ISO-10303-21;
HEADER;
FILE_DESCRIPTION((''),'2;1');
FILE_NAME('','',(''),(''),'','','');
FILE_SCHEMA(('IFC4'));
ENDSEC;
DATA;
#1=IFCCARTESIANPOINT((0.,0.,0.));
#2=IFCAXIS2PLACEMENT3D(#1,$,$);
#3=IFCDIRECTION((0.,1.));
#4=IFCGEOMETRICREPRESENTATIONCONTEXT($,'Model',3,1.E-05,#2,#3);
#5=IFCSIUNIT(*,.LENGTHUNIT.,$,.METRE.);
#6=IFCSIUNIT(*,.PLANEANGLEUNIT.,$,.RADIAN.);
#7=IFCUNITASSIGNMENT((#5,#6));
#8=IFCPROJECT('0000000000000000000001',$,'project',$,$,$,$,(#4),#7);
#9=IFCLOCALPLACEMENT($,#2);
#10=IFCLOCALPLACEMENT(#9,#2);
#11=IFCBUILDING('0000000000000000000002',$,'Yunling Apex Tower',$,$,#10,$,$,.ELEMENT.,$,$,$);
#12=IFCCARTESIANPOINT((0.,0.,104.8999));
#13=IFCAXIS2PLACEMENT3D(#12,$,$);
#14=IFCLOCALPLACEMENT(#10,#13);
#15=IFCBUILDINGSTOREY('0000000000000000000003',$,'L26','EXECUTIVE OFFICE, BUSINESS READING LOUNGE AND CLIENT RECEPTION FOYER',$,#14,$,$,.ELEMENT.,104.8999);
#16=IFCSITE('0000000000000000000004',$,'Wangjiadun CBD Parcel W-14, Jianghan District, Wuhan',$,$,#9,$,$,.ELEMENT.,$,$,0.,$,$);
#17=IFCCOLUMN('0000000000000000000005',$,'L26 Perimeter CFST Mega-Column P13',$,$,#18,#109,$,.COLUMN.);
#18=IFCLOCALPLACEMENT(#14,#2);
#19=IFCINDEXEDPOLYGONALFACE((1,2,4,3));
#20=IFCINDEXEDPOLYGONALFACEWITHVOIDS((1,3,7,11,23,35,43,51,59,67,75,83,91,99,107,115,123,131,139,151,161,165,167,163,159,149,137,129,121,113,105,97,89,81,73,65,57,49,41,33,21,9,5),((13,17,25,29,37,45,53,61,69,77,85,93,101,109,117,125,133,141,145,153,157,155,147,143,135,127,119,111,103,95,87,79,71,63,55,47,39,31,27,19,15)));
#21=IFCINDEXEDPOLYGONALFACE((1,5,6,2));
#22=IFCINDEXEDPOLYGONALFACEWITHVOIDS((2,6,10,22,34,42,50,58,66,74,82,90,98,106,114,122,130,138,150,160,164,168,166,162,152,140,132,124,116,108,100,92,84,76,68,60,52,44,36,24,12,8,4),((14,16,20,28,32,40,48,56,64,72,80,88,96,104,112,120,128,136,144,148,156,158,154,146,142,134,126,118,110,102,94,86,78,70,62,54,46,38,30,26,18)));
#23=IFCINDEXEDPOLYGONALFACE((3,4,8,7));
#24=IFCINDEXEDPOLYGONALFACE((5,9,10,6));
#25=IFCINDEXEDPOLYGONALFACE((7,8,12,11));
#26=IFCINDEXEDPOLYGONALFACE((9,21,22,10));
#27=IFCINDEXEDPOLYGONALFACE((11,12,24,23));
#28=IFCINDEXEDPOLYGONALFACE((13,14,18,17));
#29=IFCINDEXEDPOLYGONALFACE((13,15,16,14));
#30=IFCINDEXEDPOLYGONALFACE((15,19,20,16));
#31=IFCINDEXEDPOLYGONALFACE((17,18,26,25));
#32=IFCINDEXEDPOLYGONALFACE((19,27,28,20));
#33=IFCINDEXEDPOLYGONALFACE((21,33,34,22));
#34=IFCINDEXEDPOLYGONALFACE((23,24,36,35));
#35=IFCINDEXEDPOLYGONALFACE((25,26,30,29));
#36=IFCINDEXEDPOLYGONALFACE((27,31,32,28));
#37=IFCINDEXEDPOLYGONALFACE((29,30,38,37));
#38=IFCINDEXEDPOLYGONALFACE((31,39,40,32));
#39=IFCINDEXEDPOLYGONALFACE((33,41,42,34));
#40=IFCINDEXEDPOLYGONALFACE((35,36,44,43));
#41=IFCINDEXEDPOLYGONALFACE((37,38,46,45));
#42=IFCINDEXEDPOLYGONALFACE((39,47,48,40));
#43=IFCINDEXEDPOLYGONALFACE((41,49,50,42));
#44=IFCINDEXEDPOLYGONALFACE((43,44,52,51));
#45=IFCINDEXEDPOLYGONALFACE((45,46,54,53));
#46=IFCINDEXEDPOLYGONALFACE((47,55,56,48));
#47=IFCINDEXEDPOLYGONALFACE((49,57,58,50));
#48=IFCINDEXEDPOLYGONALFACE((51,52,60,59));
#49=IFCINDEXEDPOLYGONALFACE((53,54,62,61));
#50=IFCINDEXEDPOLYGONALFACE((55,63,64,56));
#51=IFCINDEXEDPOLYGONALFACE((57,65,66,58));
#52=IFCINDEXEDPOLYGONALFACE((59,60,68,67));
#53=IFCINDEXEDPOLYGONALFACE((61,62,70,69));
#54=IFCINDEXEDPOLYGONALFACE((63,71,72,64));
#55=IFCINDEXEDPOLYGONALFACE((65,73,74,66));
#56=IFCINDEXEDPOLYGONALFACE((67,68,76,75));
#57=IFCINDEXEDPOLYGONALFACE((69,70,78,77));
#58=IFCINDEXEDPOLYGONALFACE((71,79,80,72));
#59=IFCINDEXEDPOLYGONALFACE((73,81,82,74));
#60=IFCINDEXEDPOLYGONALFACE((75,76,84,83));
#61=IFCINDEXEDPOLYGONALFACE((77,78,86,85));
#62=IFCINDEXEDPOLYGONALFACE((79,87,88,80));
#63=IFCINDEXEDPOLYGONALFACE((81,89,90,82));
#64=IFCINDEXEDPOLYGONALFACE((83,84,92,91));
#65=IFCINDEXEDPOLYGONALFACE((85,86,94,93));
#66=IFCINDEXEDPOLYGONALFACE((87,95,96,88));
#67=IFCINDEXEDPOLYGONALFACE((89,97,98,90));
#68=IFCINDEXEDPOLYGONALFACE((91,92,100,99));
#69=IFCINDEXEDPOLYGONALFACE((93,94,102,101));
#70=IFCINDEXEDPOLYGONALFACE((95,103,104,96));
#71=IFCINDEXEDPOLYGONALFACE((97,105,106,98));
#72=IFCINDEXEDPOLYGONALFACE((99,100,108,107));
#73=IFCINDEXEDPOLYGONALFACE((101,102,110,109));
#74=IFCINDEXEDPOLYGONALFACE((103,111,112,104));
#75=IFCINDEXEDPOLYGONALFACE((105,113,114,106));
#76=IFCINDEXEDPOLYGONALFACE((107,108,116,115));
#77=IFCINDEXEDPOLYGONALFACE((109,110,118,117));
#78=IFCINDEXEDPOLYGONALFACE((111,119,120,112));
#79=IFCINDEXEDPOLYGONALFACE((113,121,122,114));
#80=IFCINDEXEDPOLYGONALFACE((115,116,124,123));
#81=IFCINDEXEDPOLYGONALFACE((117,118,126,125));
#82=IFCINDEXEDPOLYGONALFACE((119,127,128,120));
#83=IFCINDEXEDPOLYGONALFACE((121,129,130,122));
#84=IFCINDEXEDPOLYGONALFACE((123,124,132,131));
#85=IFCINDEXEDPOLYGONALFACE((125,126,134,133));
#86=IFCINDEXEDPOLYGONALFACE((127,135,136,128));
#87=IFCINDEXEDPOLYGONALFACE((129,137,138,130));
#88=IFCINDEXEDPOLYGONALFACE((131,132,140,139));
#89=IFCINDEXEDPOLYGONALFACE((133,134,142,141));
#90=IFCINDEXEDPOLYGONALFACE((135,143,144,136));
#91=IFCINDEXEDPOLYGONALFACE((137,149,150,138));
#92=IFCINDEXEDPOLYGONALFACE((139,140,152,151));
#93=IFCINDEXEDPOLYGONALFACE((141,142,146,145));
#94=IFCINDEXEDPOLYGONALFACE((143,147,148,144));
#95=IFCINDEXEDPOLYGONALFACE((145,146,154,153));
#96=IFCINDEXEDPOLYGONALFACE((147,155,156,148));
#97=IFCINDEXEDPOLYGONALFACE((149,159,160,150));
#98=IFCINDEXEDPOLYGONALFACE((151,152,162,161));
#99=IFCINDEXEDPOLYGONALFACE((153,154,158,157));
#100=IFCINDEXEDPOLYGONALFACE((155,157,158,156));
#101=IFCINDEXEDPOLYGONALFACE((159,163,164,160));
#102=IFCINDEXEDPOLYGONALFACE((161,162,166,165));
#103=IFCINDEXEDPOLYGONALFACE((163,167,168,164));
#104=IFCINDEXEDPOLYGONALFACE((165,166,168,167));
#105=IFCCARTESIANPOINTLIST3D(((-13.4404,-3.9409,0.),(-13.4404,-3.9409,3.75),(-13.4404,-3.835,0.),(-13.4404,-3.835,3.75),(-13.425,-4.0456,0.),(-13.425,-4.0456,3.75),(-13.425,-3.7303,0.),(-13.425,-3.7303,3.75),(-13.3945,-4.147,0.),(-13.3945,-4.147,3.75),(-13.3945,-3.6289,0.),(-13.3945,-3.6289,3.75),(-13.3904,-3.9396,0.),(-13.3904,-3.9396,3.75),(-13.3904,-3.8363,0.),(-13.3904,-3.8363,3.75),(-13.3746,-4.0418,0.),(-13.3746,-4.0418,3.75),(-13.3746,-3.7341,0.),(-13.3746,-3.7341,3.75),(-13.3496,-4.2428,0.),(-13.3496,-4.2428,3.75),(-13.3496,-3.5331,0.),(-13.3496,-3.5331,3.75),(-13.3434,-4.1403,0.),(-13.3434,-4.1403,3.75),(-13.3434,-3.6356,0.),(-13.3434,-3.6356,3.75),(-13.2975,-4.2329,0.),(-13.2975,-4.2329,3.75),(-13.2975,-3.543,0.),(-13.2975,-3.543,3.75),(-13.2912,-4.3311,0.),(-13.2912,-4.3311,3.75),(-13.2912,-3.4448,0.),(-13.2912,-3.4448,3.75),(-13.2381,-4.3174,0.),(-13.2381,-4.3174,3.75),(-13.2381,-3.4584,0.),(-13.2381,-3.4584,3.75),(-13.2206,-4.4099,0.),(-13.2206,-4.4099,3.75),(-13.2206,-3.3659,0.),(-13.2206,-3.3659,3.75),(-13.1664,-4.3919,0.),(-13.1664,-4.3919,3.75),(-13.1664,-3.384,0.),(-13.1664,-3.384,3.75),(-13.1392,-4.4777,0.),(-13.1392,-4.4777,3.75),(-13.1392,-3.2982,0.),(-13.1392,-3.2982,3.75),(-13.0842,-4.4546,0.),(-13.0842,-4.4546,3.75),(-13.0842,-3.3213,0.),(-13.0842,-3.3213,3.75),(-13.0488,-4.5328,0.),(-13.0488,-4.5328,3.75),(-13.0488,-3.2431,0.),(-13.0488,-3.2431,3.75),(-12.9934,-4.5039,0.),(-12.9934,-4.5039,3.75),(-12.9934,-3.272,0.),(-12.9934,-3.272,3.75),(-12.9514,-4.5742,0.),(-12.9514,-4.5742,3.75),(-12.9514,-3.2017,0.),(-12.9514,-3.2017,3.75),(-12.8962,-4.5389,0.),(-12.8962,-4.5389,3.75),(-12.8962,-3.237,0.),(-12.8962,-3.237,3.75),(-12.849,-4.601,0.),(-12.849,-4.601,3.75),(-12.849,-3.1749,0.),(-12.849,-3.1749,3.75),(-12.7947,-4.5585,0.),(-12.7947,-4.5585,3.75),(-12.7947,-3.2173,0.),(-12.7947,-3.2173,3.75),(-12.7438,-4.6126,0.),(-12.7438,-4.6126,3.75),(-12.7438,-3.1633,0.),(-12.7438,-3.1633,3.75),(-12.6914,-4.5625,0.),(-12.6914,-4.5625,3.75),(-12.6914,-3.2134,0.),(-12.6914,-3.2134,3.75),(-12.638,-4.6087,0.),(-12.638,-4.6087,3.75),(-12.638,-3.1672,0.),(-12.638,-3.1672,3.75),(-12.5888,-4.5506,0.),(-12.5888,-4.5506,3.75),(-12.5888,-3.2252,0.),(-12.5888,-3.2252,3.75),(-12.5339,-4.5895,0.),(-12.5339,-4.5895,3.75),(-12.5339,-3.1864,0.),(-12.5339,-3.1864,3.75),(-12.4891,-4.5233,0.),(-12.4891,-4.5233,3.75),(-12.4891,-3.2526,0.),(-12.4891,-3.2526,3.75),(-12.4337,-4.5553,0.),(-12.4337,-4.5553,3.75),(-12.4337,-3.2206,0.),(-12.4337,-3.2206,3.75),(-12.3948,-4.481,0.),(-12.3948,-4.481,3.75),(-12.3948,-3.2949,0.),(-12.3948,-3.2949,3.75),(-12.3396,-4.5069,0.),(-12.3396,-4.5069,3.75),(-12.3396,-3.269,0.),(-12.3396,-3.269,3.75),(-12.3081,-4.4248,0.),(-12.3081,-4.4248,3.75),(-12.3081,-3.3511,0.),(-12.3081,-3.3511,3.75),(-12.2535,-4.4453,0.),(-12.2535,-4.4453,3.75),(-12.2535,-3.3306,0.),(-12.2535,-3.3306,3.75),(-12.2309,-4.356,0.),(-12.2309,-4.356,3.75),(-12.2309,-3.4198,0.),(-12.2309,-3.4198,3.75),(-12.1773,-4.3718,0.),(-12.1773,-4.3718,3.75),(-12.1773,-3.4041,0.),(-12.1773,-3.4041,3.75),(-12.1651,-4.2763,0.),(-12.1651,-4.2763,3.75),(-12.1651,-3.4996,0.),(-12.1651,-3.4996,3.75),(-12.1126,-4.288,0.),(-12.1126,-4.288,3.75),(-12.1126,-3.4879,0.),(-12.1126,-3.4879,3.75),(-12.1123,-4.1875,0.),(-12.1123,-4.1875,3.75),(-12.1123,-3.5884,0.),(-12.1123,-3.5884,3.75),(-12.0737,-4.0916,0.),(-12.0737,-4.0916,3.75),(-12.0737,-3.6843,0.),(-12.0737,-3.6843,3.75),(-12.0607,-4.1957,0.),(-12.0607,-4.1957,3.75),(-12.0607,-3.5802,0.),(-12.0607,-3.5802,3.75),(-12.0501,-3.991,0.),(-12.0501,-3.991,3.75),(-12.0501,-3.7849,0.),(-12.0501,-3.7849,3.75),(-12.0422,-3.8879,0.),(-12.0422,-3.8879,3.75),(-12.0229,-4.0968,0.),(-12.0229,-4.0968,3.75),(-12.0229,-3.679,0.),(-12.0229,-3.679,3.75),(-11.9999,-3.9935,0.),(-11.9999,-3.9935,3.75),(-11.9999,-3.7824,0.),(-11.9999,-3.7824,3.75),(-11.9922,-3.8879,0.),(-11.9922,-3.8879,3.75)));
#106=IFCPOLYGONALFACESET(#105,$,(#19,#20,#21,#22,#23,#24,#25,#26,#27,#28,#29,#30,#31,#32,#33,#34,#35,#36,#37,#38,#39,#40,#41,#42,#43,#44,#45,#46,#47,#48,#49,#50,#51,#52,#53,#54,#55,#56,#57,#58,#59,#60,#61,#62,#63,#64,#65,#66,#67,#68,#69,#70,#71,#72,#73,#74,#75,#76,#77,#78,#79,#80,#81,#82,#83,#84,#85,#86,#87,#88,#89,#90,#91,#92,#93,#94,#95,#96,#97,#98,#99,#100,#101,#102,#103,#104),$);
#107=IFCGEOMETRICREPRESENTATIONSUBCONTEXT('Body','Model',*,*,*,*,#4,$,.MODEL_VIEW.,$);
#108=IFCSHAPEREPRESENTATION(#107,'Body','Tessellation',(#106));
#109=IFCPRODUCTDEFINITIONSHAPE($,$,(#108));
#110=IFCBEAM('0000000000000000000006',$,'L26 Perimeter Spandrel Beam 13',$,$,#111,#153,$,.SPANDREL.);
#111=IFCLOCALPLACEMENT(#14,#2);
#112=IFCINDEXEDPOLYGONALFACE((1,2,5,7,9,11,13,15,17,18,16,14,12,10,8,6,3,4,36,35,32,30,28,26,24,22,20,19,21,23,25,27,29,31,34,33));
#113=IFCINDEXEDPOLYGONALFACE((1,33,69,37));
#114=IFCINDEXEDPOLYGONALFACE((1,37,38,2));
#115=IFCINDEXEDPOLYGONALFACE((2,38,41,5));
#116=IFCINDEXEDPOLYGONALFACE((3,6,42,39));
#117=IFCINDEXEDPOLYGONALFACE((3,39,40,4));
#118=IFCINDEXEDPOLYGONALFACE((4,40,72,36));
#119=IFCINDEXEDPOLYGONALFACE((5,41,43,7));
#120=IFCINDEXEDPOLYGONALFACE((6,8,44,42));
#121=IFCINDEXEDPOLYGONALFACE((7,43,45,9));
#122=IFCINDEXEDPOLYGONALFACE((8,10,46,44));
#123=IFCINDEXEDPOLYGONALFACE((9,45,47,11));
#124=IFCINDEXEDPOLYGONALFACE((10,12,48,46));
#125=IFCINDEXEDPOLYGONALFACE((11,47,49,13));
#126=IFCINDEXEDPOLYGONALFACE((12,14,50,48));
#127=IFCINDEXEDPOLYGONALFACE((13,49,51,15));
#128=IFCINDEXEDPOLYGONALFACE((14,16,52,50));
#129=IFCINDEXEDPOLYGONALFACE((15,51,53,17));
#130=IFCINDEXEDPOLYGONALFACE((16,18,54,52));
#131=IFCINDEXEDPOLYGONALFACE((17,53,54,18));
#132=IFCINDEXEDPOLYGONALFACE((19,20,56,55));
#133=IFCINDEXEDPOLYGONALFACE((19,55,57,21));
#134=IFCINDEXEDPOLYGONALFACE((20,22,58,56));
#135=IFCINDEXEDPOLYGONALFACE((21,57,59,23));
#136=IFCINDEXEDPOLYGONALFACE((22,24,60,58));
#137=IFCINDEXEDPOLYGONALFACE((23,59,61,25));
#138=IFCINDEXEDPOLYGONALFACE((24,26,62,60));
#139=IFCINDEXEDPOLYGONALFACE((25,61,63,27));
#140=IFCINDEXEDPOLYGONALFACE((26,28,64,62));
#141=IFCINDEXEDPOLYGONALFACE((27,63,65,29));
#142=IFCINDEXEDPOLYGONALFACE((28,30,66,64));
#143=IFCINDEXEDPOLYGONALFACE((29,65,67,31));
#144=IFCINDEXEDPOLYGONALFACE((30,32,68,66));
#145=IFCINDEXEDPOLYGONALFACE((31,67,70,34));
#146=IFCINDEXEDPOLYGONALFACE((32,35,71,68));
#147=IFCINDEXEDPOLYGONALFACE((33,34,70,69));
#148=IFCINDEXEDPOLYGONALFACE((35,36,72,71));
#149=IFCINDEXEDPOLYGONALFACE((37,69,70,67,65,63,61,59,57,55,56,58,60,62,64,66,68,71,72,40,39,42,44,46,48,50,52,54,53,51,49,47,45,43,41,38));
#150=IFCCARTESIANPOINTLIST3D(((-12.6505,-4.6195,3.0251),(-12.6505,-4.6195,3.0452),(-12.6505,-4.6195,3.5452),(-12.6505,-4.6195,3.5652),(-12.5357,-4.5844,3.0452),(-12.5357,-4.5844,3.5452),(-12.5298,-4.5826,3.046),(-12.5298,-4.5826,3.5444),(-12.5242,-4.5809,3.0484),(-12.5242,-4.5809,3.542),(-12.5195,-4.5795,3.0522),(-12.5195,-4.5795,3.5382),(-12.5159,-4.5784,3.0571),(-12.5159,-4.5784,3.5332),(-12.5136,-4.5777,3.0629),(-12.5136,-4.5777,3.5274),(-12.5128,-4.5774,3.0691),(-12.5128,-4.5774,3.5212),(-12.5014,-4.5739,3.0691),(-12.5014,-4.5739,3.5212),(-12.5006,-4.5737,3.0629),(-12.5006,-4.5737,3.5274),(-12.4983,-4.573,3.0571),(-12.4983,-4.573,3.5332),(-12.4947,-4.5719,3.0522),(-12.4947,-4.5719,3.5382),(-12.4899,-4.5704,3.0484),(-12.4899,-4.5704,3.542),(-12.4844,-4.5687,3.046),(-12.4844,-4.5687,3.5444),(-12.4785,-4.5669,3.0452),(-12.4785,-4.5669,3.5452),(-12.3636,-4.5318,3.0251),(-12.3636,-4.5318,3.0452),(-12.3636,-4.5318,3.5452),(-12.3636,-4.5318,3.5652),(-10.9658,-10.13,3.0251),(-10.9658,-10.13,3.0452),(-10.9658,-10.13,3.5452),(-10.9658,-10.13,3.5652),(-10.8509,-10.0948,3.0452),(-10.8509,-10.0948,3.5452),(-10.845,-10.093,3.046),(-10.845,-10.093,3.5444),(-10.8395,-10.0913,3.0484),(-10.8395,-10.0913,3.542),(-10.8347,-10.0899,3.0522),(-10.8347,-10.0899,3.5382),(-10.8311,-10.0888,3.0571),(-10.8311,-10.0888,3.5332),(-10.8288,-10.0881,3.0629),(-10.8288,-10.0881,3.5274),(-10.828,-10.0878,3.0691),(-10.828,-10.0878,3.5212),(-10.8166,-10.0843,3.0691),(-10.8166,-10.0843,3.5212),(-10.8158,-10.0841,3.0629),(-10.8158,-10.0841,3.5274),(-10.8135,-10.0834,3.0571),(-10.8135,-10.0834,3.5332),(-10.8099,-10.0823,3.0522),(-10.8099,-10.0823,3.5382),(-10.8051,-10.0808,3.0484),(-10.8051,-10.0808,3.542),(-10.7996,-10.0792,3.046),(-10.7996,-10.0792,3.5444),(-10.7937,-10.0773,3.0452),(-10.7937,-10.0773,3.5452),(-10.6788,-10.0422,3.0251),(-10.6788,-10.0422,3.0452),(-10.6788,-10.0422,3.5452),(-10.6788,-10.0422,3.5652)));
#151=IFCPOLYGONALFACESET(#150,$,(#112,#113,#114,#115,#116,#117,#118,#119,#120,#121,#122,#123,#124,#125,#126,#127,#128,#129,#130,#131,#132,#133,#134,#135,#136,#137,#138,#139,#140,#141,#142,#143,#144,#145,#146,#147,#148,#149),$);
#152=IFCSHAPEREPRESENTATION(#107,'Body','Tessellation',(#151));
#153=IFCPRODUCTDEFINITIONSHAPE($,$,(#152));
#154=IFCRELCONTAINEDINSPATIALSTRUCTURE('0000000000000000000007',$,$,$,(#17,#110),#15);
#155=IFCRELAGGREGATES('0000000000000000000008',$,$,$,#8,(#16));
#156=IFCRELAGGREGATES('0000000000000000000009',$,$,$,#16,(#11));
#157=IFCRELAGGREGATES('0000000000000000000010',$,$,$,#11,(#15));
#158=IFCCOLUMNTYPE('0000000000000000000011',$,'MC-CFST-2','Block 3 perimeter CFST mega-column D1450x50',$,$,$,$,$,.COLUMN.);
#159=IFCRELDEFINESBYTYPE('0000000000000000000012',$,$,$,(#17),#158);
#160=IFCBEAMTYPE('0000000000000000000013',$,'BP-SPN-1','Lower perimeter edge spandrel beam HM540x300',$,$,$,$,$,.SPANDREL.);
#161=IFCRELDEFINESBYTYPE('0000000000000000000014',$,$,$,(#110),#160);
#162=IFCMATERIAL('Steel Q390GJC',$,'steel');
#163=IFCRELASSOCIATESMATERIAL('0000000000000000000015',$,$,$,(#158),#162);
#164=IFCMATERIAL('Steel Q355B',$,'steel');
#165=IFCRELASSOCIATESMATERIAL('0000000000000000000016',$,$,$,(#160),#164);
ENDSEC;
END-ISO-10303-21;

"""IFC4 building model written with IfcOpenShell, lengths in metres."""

from ifc_helpers import new_model, si_unit, direction, frame, origin, origin_2d, place, context, subcontext, project, spatial, hollow_circle, i_section, extrude, source, transform, mapped, material, material_profile, profile_set, type_object, element, save


model = new_model("IFC4")

# Units and contexts
model_context = context("Model", 3, precision=1e-05, world=origin(), true_north=direction((0.0, 1.0)))
body_context = subcontext(model_context, "Body", "Model", "MODEL_VIEW")
ifc_project = project(units=[si_unit("LENGTHUNIT", "METRE"), si_unit("PLANEANGLEUNIT", "RADIAN")], contexts=[model_context])

# Site, building, storey
site_placement = place(None, origin())
site = spatial("IfcSite", under=ifc_project, at=site_placement, Name="Wangjiadun CBD Parcel W-14, Jianghan District, Wuhan", CompositionType="ELEMENT", RefElevation=0.0)
building_placement = place(site_placement, origin())
building = spatial("IfcBuilding", under=site, at=building_placement, Name="Yunling Apex Tower", CompositionType="ELEMENT")
storey_placement = place(building_placement, frame((0.0, 0.0, 104.8999)))
storey = spatial("IfcBuildingStorey", under=building, at=storey_placement, Name="L26", Description="EXECUTIVE OFFICE, BUSINESS READING LOUNGE AND CLIENT RECEPTION FOYER", CompositionType="ELEMENT", Elevation=104.8999)

# Column
ifc_material_1 = material(Name="Steel Q390GJC", Category="steel")
ifc_material_profile_1 = material_profile(ifc_material_1, hollow_circle(Radius=0.7251, WallThickness=0.05, at=origin_2d()))
ifc_profile_set_1 = profile_set([ifc_material_profile_1], Name="Steel Q390GJC")
column_type = type_object("IfcColumnType", Name="MC-CFST-2", Description="Block 3 perimeter CFST mega-column D1450x50", PredefinedType="COLUMN", material=ifc_profile_set_1)
shared_shape_1 = source(origin(), body_context, "Body", "SweptSolid", [
    extrude(hollow_circle(Radius=0.7251, WallThickness=0.05, at=origin_2d()), origin(), (0.0, 0.0, 1.0), 3.75),
])
column_placement = place(storey_placement, frame((-12.7173, -3.8879, 0.0), z_axis=(0.0, 0.0, 1.0), x_axis=(1.0, 0.0, 0.0)))
element("IfcColumn", 1, at=column_placement, inside=storey, type_object=column_type, Name="L26 Perimeter CFST Mega-Column P13", PredefinedType="COLUMN", context=body_context, shape_type="MappedRepresentation", body=[
    mapped(shared_shape_1, transform((0.0, 0.0, 0.0), scale=1.0)),
])

# Beam
ifc_material_2 = material(Name="Steel Q355B", Category="steel")
ifc_material_profile_2 = material_profile(ifc_material_2, i_section(OverallWidth=0.3, OverallDepth=0.54, WebThickness=0.012, FlangeThickness=0.02, FilletRadius=0.0239, at=origin_2d()))
ifc_profile_set_2 = profile_set([ifc_material_profile_2], Name="Steel Q355B")
beam_type_1 = type_object("IfcBeamType", Name="BP-SPN-1", Description="Lower perimeter edge spandrel beam HM540x300", PredefinedType="SPANDREL", material=ifc_profile_set_2)
shared_shape_2 = source(origin(), body_context, "Body", "SweptSolid", [
    extrude(i_section(OverallWidth=0.3, OverallDepth=0.54, WebThickness=0.012, FlangeThickness=0.02, FilletRadius=0.0239, at=origin_2d()), origin(), (0.0, 0.0, 1.0), 5.7622),
])
beam_1_placement = place(storey_placement, frame((-12.5071, -4.5757, 3.2952), z_axis=(0.292385, -0.956301, 0.0), x_axis=(0.956301, 0.292385, 0.0)))
element("IfcBeam", 2, at=beam_1_placement, inside=storey, type_object=beam_type_1, Name="L26 Perimeter Spandrel Beam 13", PredefinedType="SPANDREL", context=body_context, shape_type="MappedRepresentation", body=[
    mapped(shared_shape_2, transform((0.0, 0.0, 0.0), scale=1.0)),
])

save(model, "model.ifc")
